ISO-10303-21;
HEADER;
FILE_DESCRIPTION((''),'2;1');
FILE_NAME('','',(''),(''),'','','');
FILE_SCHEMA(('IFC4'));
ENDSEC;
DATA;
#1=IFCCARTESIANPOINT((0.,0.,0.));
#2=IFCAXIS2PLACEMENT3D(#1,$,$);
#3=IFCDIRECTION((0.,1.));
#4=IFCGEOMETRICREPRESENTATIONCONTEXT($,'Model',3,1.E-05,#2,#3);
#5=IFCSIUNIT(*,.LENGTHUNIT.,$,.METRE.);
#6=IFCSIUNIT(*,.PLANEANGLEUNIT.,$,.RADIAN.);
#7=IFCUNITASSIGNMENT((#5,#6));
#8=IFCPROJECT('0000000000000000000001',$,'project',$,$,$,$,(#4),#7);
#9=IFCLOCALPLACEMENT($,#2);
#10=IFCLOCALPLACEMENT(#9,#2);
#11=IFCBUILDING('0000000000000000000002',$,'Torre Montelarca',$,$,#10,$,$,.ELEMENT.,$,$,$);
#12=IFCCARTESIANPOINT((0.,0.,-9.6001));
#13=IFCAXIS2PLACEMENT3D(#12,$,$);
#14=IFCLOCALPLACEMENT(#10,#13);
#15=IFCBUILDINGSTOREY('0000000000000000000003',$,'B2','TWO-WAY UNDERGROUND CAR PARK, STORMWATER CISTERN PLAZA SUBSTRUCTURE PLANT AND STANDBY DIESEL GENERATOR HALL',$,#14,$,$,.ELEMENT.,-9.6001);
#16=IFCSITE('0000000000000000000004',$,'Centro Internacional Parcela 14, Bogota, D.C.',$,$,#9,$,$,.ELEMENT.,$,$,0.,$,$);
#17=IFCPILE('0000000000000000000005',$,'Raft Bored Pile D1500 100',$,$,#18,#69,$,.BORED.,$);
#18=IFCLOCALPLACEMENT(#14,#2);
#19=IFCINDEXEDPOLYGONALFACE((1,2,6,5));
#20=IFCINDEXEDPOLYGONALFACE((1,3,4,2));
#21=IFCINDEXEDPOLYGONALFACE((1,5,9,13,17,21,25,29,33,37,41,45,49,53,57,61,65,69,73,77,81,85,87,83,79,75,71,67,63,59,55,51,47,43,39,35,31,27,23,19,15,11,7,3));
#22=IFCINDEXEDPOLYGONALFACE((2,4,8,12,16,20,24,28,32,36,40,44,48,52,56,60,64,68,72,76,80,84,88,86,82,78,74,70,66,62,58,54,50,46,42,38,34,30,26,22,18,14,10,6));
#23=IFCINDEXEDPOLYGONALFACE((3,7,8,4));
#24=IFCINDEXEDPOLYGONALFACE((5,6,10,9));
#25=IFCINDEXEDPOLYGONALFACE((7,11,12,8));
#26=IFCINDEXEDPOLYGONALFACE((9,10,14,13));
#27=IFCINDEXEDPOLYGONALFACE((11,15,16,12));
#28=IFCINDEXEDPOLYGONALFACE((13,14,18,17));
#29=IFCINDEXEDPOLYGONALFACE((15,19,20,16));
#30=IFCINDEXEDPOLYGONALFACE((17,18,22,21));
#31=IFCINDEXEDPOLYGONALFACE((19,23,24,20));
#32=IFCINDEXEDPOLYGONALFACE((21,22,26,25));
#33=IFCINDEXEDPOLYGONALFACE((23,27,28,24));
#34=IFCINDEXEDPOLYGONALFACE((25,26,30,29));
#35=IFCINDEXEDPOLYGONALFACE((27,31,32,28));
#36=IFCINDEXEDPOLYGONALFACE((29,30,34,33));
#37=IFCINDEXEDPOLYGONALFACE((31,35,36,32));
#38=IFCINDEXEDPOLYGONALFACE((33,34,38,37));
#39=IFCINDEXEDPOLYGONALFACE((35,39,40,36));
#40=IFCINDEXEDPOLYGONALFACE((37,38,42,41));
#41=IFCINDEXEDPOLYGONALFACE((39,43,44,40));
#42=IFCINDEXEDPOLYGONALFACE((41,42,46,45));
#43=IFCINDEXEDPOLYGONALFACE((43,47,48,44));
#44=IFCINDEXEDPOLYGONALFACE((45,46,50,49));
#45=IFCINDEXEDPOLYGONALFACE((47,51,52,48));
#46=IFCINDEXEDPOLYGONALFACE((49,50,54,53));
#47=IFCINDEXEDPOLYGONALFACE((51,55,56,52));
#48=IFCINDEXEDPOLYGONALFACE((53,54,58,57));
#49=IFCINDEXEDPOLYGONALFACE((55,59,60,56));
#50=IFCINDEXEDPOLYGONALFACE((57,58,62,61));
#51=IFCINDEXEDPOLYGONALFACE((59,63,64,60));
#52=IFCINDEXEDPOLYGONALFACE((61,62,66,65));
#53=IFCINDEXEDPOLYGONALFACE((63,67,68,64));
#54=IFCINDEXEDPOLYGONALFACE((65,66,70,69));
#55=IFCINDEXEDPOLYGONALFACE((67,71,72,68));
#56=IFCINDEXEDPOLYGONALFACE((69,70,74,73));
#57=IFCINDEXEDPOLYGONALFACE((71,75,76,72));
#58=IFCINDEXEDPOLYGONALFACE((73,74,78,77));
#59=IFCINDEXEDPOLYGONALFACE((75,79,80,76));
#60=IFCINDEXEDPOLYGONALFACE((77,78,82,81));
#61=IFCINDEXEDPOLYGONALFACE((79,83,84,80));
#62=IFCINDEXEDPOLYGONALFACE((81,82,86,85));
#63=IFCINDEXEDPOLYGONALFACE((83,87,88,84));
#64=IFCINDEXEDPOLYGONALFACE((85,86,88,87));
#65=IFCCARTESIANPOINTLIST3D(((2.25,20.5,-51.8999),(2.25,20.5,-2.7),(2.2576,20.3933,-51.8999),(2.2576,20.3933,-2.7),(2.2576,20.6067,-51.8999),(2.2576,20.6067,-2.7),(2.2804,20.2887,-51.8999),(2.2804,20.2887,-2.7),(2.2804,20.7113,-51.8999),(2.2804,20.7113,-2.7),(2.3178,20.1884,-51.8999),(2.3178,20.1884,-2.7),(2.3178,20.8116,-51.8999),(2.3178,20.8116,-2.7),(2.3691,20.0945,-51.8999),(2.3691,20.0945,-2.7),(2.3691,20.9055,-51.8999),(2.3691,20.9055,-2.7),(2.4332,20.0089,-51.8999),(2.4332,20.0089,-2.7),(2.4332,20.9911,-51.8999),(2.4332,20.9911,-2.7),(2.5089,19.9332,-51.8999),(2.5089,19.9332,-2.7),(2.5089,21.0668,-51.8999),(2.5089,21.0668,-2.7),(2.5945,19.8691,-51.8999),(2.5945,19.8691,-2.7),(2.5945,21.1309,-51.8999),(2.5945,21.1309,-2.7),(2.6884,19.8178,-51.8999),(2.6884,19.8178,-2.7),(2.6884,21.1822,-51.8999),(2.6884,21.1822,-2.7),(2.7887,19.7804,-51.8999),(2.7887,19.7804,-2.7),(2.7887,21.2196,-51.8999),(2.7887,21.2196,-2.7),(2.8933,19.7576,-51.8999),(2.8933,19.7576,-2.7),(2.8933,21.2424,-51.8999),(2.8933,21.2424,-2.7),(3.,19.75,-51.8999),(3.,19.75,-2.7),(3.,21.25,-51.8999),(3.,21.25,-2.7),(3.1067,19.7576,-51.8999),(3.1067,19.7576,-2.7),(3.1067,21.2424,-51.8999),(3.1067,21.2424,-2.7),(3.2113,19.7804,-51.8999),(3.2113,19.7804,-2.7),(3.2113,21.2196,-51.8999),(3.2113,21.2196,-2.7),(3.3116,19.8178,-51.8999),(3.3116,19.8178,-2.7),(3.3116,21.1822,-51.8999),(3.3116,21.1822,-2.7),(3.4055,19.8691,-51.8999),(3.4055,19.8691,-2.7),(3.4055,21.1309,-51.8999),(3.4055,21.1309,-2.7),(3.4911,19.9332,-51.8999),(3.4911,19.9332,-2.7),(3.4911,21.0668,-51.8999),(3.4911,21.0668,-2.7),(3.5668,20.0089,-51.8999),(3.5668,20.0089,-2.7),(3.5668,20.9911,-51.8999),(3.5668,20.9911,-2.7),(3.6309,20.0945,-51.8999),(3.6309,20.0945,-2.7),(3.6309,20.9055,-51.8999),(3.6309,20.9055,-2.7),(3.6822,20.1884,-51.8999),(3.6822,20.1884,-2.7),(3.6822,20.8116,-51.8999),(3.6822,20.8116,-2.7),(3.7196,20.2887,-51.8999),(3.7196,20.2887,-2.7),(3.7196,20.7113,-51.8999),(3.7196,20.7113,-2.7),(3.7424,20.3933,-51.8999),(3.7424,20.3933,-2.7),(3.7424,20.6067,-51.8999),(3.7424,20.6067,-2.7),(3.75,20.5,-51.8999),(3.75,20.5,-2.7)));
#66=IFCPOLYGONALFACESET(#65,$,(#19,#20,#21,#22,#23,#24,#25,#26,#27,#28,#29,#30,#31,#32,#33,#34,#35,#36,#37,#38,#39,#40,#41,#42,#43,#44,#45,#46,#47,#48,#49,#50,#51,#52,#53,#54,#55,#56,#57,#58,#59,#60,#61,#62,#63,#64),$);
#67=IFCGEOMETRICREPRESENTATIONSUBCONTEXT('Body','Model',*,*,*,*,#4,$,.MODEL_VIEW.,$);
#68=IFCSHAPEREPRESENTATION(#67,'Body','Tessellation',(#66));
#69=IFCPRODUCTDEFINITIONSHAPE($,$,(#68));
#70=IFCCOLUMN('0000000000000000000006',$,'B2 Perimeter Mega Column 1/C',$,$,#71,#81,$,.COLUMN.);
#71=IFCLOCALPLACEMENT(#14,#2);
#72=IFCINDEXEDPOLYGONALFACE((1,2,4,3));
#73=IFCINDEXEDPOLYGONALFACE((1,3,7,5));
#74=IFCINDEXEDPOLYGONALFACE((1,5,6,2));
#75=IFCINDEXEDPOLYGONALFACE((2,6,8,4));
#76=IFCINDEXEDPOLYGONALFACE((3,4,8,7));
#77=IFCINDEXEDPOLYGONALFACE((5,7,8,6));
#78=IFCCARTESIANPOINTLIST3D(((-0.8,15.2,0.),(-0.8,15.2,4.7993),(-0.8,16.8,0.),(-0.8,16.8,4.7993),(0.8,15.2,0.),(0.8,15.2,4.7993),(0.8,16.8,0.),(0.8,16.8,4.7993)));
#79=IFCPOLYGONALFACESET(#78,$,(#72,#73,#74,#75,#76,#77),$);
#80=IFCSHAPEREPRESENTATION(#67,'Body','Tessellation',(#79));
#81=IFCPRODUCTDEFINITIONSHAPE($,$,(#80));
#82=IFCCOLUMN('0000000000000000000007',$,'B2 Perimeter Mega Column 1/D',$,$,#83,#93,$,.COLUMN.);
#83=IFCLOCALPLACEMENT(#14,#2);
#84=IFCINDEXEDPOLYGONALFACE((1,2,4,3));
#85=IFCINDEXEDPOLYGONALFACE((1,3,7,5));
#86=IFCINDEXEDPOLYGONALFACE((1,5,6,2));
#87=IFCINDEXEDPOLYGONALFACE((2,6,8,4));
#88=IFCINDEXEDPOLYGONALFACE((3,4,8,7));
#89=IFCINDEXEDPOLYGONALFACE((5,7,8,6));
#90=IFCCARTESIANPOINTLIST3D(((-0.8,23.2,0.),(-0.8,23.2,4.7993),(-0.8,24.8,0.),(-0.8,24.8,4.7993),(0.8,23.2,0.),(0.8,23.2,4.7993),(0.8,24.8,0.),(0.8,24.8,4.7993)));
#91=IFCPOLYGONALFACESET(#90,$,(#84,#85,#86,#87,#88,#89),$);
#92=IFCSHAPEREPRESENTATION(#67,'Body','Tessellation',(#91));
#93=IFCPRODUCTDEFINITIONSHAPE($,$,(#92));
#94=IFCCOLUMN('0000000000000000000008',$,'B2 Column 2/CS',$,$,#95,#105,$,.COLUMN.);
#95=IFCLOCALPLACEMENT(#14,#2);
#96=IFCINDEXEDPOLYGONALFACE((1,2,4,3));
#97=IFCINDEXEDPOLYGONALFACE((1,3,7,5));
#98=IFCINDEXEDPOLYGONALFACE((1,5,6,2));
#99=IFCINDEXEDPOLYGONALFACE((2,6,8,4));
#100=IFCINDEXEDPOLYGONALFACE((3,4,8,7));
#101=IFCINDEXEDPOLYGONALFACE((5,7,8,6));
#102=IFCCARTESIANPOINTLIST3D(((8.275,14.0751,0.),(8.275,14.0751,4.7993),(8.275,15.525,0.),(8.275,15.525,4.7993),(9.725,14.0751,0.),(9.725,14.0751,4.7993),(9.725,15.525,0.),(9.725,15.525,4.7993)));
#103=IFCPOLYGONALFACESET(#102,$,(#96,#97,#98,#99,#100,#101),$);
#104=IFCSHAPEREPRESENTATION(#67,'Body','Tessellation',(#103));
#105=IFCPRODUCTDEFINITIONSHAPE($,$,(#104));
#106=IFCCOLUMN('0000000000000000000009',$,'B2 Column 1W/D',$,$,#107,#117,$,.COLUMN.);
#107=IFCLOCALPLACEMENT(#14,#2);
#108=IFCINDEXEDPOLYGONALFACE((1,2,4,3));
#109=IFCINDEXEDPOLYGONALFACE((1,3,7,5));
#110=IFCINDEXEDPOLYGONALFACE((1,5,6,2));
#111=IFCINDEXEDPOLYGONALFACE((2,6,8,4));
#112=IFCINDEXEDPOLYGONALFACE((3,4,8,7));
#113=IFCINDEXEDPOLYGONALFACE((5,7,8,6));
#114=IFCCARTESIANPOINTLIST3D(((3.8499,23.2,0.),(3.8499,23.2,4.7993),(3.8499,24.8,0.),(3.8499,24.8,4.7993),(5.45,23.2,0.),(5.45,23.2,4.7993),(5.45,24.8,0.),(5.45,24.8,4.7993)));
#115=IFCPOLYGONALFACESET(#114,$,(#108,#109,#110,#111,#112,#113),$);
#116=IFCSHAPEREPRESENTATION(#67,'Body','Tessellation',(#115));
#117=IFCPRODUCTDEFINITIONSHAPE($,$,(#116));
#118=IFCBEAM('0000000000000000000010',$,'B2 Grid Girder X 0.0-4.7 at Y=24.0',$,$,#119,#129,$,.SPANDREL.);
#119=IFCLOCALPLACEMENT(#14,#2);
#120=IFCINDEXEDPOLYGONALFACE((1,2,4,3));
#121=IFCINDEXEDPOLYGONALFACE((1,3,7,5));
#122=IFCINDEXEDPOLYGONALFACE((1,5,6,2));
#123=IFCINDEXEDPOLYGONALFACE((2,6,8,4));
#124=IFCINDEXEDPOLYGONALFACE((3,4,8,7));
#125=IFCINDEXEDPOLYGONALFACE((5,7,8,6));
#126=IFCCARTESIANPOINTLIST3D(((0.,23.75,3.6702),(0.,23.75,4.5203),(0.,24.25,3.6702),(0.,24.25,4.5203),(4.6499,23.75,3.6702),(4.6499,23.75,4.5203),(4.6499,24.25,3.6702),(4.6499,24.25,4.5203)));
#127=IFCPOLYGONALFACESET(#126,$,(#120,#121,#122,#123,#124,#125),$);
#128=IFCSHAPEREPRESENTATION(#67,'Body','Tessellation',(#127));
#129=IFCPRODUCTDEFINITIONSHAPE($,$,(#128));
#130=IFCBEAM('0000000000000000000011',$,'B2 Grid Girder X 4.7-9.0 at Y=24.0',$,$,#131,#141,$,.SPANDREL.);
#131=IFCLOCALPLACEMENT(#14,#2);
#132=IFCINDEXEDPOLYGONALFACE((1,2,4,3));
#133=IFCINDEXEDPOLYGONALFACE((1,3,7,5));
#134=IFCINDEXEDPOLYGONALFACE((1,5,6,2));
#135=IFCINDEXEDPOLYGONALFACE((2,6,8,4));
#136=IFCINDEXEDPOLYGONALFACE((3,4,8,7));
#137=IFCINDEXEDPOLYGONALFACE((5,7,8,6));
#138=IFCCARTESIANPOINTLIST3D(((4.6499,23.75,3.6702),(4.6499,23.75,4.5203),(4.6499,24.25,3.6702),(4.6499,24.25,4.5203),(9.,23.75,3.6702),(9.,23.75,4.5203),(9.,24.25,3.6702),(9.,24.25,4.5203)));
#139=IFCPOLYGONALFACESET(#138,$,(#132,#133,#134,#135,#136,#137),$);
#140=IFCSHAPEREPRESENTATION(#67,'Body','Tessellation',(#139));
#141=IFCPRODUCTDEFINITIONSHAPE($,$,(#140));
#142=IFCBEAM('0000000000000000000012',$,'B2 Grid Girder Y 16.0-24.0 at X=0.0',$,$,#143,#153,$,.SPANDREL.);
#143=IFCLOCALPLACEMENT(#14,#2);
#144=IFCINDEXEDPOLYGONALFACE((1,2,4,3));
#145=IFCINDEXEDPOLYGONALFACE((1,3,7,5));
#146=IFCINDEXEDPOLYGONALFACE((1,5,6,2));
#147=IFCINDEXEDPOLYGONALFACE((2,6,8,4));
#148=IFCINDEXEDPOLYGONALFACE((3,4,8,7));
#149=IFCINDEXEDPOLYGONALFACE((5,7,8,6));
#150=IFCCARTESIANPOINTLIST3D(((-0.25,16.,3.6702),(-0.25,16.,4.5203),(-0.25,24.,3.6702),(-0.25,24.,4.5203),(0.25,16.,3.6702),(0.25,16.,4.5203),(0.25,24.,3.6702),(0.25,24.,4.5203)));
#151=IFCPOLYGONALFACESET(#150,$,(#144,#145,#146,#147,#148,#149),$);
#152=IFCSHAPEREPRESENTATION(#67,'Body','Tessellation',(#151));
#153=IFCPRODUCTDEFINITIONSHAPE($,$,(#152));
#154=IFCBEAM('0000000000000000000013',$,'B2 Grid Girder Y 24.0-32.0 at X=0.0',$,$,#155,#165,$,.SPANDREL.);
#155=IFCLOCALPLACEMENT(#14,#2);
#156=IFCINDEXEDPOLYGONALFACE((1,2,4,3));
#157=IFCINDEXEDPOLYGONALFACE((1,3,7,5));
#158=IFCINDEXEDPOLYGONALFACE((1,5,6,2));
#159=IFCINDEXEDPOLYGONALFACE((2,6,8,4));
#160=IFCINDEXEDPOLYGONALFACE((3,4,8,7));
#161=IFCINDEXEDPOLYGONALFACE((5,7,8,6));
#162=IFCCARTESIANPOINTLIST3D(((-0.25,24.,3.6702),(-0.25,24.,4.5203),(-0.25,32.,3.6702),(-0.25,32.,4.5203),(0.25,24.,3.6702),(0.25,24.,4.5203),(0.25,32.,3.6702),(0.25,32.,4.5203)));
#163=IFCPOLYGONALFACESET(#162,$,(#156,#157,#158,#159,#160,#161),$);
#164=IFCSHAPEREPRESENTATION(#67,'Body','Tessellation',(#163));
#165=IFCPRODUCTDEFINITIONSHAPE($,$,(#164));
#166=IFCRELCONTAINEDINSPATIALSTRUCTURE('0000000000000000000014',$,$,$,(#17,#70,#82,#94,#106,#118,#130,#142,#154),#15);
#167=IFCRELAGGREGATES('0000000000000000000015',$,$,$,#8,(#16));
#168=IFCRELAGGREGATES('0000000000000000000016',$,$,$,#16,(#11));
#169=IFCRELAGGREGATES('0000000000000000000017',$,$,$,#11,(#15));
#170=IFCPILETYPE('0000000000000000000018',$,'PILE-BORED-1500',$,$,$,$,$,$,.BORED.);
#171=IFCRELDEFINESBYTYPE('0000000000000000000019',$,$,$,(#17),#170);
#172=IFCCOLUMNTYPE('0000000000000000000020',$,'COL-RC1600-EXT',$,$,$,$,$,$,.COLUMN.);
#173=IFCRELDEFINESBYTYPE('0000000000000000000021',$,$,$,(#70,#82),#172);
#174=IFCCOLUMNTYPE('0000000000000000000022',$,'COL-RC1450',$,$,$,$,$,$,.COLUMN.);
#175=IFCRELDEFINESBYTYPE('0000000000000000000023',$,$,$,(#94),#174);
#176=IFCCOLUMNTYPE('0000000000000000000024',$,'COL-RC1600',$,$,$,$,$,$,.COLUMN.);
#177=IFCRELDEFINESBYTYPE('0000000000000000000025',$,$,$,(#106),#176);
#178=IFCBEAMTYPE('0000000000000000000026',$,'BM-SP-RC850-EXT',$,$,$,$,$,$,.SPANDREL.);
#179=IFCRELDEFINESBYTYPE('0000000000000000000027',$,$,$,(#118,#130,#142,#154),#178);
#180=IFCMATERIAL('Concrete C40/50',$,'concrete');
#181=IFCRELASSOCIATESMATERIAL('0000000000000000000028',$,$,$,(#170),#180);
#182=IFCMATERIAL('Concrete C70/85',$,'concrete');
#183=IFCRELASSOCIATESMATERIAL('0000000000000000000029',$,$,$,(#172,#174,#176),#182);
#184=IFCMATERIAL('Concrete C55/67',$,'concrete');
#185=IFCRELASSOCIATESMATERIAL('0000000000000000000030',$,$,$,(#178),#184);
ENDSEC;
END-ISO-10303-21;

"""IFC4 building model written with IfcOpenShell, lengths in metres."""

from ifc_helpers import new_model, si_unit, direction, frame, origin, origin_2d, place, context, subcontext, project, spatial, rectangle, circle, extrude, source, transform, mapped, material, material_profile, profile_set, type_object, element, save


model = new_model("IFC4")

# Units and contexts
model_context = context("Model", 3, precision=1e-05, world=origin(), true_north=direction((0.0, 1.0)))
body_context = subcontext(model_context, "Body", "Model", "MODEL_VIEW")
ifc_project = project(units=[si_unit("LENGTHUNIT", "METRE"), si_unit("PLANEANGLEUNIT", "RADIAN")], contexts=[model_context])

# Site, building, storey
site_placement = place(None, origin())
site = spatial("IfcSite", under=ifc_project, at=site_placement, Name="Centro Internacional Parcela 14, Bogota, D.C.", CompositionType="ELEMENT", RefElevation=0.0)
building_placement = place(site_placement, origin())
building = spatial("IfcBuilding", under=site, at=building_placement, Name="Torre Montelarca", CompositionType="ELEMENT")
storey_placement = place(building_placement, frame((0.0, 0.0, -9.6001)))
storey = spatial("IfcBuildingStorey", under=building, at=storey_placement, Name="B2", Description="TWO-WAY UNDERGROUND CAR PARK, STORMWATER CISTERN PLAZA SUBSTRUCTURE PLANT AND STANDBY DIESEL GENERATOR HALL", CompositionType="ELEMENT", Elevation=-9.6001)

# Pile
ifc_material_1 = material(Name="Concrete C40/50", Category="concrete")
ifc_material_profile_1 = material_profile(ifc_material_1, circle(Radius=0.75, at=origin_2d()), Name="PILE-D1500", Category="concrete")
ifc_profile_set_1 = profile_set([ifc_material_profile_1], Name="Concrete C40/50")
pile_type = type_object("IfcPileType", Name="PILE-BORED-1500", PredefinedType="BORED", material=ifc_profile_set_1)
shared_shape_1 = source(origin(), body_context, "Body", "SweptSolid", [
    extrude(circle(Radius=0.75, at=origin_2d()), origin(), (0.0, 0.0, 1.0), 49.2),
])
for number, where, z_axis, x_axis, name in (
    (1, (3.0, 20.5, -2.7), (0.0, 0.0, -1.0), (1.0, 0.0, 0.0), "Raft Bored Pile D1500 100"),
):
    element("IfcPile", number, at=place(storey_placement, frame(where, z_axis=z_axis, x_axis=x_axis)), inside=storey, type_object=pile_type, Name=name, PredefinedType="BORED", context=body_context, shape_type="MappedRepresentation", body=[
        mapped(shared_shape_1, transform((0.0, 0.0, 0.0), scale=1.0)),
    ])

# Columns
ifc_material_2 = material(Name="Concrete C70/85", Category="concrete")
ifc_material_profile_2 = material_profile(ifc_material_2, rectangle(XDim=1.6001, YDim=1.6001, at=origin_2d()), Name="RC1600X1600", Category="concrete")
ifc_profile_set_2 = profile_set([ifc_material_profile_2], Name="Concrete C70/85")
column_type_1 = type_object("IfcColumnType", Name="COL-RC1600-EXT", PredefinedType="COLUMN", material=ifc_profile_set_2)
shared_shape_2 = source(origin(), body_context, "Body", "SweptSolid", [
    extrude(rectangle(XDim=1.6001, YDim=1.6001, at=origin_2d()), origin(), (0.0, 0.0, 1.0), 4.7993),
])
for number, where, z_axis, x_axis, name in (
    (2, (0.0, 16.0, 0.0), (0.0, 0.0, 1.0), (1.0, 0.0, 0.0), "B2 Perimeter Mega Column 1/C"),
    (3, (0.0, 24.0, 0.0), (0.0, 0.0, 1.0), (1.0, 0.0, 0.0), "B2 Perimeter Mega Column 1/D"),
):
    element("IfcColumn", number, at=place(storey_placement, frame(where, z_axis=z_axis, x_axis=x_axis)), inside=storey, type_object=column_type_1, Name=name, PredefinedType="COLUMN", context=body_context, shape_type="MappedRepresentation", body=[
        mapped(shared_shape_2, transform((0.0, 0.0, 0.0), scale=1.0)),
    ])
ifc_material_profile_3 = material_profile(ifc_material_2, rectangle(XDim=1.45, YDim=1.45, at=origin_2d()), Name="RC1450X1450", Category="concrete")
ifc_profile_set_3 = profile_set([ifc_material_profile_3], Name="Concrete C70/85")
column_type_2 = type_object("IfcColumnType", Name="COL-RC1450", PredefinedType="COLUMN", material=ifc_profile_set_3)
shared_shape_3 = source(origin(), body_context, "Body", "SweptSolid", [
    extrude(rectangle(XDim=1.45, YDim=1.45, at=origin_2d()), origin(), (0.0, 0.0, 1.0), 4.7993),
])
column_1_placement = place(storey_placement, frame((9.0, 14.8, 0.0), z_axis=(0.0, 0.0, 1.0), x_axis=(1.0, 0.0, 0.0)))
element("IfcColumn", 4, at=column_1_placement, inside=storey, type_object=column_type_2, Name="B2 Column 2/CS", PredefinedType="COLUMN", context=body_context, shape_type="MappedRepresentation", body=[
    mapped(shared_shape_3, transform((0.0, 0.0, 0.0), scale=1.0)),
])
ifc_material_profile_4 = material_profile(ifc_material_2, rectangle(XDim=1.6001, YDim=1.6001, at=origin_2d()), Name="RC1600X1600", Category="concrete")
ifc_profile_set_4 = profile_set([ifc_material_profile_4], Name="Concrete C70/85")
column_type_3 = type_object("IfcColumnType", Name="COL-RC1600", PredefinedType="COLUMN", material=ifc_profile_set_4)
shared_shape_4 = source(origin(), body_context, "Body", "SweptSolid", [
    extrude(rectangle(XDim=1.6001, YDim=1.6001, at=origin_2d()), origin(), (0.0, 0.0, 1.0), 4.7993),
])
column_2_placement = place(storey_placement, frame((4.6499, 24.0, 0.0), z_axis=(0.0, 0.0, 1.0), x_axis=(1.0, 0.0, 0.0)))
element("IfcColumn", 5, at=column_2_placement, inside=storey, type_object=column_type_3, Name="B2 Column 1W/D", PredefinedType="COLUMN", context=body_context, shape_type="MappedRepresentation", body=[
    mapped(shared_shape_4, transform((0.0, 0.0, 0.0), scale=1.0)),
])

# Beams
ifc_material_3 = material(Name="Concrete C55/67", Category="concrete")
ifc_material_profile_5 = material_profile(ifc_material_3, rectangle(XDim=0.5, YDim=0.8501, at=origin_2d()), Name="RCB500X850", Category="concrete")
ifc_profile_set_5 = profile_set([ifc_material_profile_5], Name="Concrete C55/67")
beam_type_1 = type_object("IfcBeamType", Name="BM-SP-RC850-EXT", PredefinedType="SPANDREL", material=ifc_profile_set_5)
shared_shape_5 = source(origin(), body_context, "Body", "SweptSolid", [
    extrude(rectangle(XDim=0.5, YDim=0.8501, at=origin_2d()), origin(), (0.0, 0.0, 1.0), 4.6499),
])
beam_1_placement = place(storey_placement, frame((0.0, 24.0, 4.0952), z_axis=(1.0, 0.0, 0.0), x_axis=(0.0, 1.0, 0.0)))
element("IfcBeam", 6, at=beam_1_placement, inside=storey, type_object=beam_type_1, Name="B2 Grid Girder X 0.0-4.7 at Y=24.0", PredefinedType="SPANDREL", context=body_context, shape_type="MappedRepresentation", body=[
    mapped(shared_shape_5, transform((0.0, 0.0, 0.0), scale=1.0)),
])
shared_shape_6 = source(origin(), body_context, "Body", "SweptSolid", [
    extrude(rectangle(XDim=0.5, YDim=0.8501, at=origin_2d()), origin(), (0.0, 0.0, 1.0), 4.3501),
])
beam_2_placement = place(storey_placement, frame((4.6499, 24.0, 4.0952), z_axis=(1.0, 0.0, 0.0), x_axis=(0.0, 1.0, 0.0)))
element("IfcBeam", 7, at=beam_2_placement, inside=storey, type_object=beam_type_1, Name="B2 Grid Girder X 4.7-9.0 at Y=24.0", PredefinedType="SPANDREL", context=body_context, shape_type="MappedRepresentation", body=[
    mapped(shared_shape_6, transform((0.0, 0.0, 0.0), scale=1.0)),
])
shared_shape_7 = source(origin(), body_context, "Body", "SweptSolid", [
    extrude(rectangle(XDim=0.5, YDim=0.8501, at=origin_2d()), origin(), (0.0, 0.0, 1.0), 8.0),
])
for number, where, z_axis, x_axis, name in (
    (8, (0.0, 16.0, 4.0952), (0.0, 1.0, 0.0), (-1.0, 0.0, 0.0), "B2 Grid Girder Y 16.0-24.0 at X=0.0"),
    (9, (0.0, 24.0, 4.0952), (0.0, 1.0, 0.0), (-1.0, 0.0, 0.0), "B2 Grid Girder Y 24.0-32.0 at X=0.0"),
):
    element("IfcBeam", number, at=place(storey_placement, frame(where, z_axis=z_axis, x_axis=x_axis)), inside=storey, type_object=beam_type_1, Name=name, PredefinedType="SPANDREL", context=body_context, shape_type="MappedRepresentation", body=[
        mapped(shared_shape_7, transform((0.0, 0.0, 0.0), scale=1.0)),
    ])

save(model, "model.ifc")
